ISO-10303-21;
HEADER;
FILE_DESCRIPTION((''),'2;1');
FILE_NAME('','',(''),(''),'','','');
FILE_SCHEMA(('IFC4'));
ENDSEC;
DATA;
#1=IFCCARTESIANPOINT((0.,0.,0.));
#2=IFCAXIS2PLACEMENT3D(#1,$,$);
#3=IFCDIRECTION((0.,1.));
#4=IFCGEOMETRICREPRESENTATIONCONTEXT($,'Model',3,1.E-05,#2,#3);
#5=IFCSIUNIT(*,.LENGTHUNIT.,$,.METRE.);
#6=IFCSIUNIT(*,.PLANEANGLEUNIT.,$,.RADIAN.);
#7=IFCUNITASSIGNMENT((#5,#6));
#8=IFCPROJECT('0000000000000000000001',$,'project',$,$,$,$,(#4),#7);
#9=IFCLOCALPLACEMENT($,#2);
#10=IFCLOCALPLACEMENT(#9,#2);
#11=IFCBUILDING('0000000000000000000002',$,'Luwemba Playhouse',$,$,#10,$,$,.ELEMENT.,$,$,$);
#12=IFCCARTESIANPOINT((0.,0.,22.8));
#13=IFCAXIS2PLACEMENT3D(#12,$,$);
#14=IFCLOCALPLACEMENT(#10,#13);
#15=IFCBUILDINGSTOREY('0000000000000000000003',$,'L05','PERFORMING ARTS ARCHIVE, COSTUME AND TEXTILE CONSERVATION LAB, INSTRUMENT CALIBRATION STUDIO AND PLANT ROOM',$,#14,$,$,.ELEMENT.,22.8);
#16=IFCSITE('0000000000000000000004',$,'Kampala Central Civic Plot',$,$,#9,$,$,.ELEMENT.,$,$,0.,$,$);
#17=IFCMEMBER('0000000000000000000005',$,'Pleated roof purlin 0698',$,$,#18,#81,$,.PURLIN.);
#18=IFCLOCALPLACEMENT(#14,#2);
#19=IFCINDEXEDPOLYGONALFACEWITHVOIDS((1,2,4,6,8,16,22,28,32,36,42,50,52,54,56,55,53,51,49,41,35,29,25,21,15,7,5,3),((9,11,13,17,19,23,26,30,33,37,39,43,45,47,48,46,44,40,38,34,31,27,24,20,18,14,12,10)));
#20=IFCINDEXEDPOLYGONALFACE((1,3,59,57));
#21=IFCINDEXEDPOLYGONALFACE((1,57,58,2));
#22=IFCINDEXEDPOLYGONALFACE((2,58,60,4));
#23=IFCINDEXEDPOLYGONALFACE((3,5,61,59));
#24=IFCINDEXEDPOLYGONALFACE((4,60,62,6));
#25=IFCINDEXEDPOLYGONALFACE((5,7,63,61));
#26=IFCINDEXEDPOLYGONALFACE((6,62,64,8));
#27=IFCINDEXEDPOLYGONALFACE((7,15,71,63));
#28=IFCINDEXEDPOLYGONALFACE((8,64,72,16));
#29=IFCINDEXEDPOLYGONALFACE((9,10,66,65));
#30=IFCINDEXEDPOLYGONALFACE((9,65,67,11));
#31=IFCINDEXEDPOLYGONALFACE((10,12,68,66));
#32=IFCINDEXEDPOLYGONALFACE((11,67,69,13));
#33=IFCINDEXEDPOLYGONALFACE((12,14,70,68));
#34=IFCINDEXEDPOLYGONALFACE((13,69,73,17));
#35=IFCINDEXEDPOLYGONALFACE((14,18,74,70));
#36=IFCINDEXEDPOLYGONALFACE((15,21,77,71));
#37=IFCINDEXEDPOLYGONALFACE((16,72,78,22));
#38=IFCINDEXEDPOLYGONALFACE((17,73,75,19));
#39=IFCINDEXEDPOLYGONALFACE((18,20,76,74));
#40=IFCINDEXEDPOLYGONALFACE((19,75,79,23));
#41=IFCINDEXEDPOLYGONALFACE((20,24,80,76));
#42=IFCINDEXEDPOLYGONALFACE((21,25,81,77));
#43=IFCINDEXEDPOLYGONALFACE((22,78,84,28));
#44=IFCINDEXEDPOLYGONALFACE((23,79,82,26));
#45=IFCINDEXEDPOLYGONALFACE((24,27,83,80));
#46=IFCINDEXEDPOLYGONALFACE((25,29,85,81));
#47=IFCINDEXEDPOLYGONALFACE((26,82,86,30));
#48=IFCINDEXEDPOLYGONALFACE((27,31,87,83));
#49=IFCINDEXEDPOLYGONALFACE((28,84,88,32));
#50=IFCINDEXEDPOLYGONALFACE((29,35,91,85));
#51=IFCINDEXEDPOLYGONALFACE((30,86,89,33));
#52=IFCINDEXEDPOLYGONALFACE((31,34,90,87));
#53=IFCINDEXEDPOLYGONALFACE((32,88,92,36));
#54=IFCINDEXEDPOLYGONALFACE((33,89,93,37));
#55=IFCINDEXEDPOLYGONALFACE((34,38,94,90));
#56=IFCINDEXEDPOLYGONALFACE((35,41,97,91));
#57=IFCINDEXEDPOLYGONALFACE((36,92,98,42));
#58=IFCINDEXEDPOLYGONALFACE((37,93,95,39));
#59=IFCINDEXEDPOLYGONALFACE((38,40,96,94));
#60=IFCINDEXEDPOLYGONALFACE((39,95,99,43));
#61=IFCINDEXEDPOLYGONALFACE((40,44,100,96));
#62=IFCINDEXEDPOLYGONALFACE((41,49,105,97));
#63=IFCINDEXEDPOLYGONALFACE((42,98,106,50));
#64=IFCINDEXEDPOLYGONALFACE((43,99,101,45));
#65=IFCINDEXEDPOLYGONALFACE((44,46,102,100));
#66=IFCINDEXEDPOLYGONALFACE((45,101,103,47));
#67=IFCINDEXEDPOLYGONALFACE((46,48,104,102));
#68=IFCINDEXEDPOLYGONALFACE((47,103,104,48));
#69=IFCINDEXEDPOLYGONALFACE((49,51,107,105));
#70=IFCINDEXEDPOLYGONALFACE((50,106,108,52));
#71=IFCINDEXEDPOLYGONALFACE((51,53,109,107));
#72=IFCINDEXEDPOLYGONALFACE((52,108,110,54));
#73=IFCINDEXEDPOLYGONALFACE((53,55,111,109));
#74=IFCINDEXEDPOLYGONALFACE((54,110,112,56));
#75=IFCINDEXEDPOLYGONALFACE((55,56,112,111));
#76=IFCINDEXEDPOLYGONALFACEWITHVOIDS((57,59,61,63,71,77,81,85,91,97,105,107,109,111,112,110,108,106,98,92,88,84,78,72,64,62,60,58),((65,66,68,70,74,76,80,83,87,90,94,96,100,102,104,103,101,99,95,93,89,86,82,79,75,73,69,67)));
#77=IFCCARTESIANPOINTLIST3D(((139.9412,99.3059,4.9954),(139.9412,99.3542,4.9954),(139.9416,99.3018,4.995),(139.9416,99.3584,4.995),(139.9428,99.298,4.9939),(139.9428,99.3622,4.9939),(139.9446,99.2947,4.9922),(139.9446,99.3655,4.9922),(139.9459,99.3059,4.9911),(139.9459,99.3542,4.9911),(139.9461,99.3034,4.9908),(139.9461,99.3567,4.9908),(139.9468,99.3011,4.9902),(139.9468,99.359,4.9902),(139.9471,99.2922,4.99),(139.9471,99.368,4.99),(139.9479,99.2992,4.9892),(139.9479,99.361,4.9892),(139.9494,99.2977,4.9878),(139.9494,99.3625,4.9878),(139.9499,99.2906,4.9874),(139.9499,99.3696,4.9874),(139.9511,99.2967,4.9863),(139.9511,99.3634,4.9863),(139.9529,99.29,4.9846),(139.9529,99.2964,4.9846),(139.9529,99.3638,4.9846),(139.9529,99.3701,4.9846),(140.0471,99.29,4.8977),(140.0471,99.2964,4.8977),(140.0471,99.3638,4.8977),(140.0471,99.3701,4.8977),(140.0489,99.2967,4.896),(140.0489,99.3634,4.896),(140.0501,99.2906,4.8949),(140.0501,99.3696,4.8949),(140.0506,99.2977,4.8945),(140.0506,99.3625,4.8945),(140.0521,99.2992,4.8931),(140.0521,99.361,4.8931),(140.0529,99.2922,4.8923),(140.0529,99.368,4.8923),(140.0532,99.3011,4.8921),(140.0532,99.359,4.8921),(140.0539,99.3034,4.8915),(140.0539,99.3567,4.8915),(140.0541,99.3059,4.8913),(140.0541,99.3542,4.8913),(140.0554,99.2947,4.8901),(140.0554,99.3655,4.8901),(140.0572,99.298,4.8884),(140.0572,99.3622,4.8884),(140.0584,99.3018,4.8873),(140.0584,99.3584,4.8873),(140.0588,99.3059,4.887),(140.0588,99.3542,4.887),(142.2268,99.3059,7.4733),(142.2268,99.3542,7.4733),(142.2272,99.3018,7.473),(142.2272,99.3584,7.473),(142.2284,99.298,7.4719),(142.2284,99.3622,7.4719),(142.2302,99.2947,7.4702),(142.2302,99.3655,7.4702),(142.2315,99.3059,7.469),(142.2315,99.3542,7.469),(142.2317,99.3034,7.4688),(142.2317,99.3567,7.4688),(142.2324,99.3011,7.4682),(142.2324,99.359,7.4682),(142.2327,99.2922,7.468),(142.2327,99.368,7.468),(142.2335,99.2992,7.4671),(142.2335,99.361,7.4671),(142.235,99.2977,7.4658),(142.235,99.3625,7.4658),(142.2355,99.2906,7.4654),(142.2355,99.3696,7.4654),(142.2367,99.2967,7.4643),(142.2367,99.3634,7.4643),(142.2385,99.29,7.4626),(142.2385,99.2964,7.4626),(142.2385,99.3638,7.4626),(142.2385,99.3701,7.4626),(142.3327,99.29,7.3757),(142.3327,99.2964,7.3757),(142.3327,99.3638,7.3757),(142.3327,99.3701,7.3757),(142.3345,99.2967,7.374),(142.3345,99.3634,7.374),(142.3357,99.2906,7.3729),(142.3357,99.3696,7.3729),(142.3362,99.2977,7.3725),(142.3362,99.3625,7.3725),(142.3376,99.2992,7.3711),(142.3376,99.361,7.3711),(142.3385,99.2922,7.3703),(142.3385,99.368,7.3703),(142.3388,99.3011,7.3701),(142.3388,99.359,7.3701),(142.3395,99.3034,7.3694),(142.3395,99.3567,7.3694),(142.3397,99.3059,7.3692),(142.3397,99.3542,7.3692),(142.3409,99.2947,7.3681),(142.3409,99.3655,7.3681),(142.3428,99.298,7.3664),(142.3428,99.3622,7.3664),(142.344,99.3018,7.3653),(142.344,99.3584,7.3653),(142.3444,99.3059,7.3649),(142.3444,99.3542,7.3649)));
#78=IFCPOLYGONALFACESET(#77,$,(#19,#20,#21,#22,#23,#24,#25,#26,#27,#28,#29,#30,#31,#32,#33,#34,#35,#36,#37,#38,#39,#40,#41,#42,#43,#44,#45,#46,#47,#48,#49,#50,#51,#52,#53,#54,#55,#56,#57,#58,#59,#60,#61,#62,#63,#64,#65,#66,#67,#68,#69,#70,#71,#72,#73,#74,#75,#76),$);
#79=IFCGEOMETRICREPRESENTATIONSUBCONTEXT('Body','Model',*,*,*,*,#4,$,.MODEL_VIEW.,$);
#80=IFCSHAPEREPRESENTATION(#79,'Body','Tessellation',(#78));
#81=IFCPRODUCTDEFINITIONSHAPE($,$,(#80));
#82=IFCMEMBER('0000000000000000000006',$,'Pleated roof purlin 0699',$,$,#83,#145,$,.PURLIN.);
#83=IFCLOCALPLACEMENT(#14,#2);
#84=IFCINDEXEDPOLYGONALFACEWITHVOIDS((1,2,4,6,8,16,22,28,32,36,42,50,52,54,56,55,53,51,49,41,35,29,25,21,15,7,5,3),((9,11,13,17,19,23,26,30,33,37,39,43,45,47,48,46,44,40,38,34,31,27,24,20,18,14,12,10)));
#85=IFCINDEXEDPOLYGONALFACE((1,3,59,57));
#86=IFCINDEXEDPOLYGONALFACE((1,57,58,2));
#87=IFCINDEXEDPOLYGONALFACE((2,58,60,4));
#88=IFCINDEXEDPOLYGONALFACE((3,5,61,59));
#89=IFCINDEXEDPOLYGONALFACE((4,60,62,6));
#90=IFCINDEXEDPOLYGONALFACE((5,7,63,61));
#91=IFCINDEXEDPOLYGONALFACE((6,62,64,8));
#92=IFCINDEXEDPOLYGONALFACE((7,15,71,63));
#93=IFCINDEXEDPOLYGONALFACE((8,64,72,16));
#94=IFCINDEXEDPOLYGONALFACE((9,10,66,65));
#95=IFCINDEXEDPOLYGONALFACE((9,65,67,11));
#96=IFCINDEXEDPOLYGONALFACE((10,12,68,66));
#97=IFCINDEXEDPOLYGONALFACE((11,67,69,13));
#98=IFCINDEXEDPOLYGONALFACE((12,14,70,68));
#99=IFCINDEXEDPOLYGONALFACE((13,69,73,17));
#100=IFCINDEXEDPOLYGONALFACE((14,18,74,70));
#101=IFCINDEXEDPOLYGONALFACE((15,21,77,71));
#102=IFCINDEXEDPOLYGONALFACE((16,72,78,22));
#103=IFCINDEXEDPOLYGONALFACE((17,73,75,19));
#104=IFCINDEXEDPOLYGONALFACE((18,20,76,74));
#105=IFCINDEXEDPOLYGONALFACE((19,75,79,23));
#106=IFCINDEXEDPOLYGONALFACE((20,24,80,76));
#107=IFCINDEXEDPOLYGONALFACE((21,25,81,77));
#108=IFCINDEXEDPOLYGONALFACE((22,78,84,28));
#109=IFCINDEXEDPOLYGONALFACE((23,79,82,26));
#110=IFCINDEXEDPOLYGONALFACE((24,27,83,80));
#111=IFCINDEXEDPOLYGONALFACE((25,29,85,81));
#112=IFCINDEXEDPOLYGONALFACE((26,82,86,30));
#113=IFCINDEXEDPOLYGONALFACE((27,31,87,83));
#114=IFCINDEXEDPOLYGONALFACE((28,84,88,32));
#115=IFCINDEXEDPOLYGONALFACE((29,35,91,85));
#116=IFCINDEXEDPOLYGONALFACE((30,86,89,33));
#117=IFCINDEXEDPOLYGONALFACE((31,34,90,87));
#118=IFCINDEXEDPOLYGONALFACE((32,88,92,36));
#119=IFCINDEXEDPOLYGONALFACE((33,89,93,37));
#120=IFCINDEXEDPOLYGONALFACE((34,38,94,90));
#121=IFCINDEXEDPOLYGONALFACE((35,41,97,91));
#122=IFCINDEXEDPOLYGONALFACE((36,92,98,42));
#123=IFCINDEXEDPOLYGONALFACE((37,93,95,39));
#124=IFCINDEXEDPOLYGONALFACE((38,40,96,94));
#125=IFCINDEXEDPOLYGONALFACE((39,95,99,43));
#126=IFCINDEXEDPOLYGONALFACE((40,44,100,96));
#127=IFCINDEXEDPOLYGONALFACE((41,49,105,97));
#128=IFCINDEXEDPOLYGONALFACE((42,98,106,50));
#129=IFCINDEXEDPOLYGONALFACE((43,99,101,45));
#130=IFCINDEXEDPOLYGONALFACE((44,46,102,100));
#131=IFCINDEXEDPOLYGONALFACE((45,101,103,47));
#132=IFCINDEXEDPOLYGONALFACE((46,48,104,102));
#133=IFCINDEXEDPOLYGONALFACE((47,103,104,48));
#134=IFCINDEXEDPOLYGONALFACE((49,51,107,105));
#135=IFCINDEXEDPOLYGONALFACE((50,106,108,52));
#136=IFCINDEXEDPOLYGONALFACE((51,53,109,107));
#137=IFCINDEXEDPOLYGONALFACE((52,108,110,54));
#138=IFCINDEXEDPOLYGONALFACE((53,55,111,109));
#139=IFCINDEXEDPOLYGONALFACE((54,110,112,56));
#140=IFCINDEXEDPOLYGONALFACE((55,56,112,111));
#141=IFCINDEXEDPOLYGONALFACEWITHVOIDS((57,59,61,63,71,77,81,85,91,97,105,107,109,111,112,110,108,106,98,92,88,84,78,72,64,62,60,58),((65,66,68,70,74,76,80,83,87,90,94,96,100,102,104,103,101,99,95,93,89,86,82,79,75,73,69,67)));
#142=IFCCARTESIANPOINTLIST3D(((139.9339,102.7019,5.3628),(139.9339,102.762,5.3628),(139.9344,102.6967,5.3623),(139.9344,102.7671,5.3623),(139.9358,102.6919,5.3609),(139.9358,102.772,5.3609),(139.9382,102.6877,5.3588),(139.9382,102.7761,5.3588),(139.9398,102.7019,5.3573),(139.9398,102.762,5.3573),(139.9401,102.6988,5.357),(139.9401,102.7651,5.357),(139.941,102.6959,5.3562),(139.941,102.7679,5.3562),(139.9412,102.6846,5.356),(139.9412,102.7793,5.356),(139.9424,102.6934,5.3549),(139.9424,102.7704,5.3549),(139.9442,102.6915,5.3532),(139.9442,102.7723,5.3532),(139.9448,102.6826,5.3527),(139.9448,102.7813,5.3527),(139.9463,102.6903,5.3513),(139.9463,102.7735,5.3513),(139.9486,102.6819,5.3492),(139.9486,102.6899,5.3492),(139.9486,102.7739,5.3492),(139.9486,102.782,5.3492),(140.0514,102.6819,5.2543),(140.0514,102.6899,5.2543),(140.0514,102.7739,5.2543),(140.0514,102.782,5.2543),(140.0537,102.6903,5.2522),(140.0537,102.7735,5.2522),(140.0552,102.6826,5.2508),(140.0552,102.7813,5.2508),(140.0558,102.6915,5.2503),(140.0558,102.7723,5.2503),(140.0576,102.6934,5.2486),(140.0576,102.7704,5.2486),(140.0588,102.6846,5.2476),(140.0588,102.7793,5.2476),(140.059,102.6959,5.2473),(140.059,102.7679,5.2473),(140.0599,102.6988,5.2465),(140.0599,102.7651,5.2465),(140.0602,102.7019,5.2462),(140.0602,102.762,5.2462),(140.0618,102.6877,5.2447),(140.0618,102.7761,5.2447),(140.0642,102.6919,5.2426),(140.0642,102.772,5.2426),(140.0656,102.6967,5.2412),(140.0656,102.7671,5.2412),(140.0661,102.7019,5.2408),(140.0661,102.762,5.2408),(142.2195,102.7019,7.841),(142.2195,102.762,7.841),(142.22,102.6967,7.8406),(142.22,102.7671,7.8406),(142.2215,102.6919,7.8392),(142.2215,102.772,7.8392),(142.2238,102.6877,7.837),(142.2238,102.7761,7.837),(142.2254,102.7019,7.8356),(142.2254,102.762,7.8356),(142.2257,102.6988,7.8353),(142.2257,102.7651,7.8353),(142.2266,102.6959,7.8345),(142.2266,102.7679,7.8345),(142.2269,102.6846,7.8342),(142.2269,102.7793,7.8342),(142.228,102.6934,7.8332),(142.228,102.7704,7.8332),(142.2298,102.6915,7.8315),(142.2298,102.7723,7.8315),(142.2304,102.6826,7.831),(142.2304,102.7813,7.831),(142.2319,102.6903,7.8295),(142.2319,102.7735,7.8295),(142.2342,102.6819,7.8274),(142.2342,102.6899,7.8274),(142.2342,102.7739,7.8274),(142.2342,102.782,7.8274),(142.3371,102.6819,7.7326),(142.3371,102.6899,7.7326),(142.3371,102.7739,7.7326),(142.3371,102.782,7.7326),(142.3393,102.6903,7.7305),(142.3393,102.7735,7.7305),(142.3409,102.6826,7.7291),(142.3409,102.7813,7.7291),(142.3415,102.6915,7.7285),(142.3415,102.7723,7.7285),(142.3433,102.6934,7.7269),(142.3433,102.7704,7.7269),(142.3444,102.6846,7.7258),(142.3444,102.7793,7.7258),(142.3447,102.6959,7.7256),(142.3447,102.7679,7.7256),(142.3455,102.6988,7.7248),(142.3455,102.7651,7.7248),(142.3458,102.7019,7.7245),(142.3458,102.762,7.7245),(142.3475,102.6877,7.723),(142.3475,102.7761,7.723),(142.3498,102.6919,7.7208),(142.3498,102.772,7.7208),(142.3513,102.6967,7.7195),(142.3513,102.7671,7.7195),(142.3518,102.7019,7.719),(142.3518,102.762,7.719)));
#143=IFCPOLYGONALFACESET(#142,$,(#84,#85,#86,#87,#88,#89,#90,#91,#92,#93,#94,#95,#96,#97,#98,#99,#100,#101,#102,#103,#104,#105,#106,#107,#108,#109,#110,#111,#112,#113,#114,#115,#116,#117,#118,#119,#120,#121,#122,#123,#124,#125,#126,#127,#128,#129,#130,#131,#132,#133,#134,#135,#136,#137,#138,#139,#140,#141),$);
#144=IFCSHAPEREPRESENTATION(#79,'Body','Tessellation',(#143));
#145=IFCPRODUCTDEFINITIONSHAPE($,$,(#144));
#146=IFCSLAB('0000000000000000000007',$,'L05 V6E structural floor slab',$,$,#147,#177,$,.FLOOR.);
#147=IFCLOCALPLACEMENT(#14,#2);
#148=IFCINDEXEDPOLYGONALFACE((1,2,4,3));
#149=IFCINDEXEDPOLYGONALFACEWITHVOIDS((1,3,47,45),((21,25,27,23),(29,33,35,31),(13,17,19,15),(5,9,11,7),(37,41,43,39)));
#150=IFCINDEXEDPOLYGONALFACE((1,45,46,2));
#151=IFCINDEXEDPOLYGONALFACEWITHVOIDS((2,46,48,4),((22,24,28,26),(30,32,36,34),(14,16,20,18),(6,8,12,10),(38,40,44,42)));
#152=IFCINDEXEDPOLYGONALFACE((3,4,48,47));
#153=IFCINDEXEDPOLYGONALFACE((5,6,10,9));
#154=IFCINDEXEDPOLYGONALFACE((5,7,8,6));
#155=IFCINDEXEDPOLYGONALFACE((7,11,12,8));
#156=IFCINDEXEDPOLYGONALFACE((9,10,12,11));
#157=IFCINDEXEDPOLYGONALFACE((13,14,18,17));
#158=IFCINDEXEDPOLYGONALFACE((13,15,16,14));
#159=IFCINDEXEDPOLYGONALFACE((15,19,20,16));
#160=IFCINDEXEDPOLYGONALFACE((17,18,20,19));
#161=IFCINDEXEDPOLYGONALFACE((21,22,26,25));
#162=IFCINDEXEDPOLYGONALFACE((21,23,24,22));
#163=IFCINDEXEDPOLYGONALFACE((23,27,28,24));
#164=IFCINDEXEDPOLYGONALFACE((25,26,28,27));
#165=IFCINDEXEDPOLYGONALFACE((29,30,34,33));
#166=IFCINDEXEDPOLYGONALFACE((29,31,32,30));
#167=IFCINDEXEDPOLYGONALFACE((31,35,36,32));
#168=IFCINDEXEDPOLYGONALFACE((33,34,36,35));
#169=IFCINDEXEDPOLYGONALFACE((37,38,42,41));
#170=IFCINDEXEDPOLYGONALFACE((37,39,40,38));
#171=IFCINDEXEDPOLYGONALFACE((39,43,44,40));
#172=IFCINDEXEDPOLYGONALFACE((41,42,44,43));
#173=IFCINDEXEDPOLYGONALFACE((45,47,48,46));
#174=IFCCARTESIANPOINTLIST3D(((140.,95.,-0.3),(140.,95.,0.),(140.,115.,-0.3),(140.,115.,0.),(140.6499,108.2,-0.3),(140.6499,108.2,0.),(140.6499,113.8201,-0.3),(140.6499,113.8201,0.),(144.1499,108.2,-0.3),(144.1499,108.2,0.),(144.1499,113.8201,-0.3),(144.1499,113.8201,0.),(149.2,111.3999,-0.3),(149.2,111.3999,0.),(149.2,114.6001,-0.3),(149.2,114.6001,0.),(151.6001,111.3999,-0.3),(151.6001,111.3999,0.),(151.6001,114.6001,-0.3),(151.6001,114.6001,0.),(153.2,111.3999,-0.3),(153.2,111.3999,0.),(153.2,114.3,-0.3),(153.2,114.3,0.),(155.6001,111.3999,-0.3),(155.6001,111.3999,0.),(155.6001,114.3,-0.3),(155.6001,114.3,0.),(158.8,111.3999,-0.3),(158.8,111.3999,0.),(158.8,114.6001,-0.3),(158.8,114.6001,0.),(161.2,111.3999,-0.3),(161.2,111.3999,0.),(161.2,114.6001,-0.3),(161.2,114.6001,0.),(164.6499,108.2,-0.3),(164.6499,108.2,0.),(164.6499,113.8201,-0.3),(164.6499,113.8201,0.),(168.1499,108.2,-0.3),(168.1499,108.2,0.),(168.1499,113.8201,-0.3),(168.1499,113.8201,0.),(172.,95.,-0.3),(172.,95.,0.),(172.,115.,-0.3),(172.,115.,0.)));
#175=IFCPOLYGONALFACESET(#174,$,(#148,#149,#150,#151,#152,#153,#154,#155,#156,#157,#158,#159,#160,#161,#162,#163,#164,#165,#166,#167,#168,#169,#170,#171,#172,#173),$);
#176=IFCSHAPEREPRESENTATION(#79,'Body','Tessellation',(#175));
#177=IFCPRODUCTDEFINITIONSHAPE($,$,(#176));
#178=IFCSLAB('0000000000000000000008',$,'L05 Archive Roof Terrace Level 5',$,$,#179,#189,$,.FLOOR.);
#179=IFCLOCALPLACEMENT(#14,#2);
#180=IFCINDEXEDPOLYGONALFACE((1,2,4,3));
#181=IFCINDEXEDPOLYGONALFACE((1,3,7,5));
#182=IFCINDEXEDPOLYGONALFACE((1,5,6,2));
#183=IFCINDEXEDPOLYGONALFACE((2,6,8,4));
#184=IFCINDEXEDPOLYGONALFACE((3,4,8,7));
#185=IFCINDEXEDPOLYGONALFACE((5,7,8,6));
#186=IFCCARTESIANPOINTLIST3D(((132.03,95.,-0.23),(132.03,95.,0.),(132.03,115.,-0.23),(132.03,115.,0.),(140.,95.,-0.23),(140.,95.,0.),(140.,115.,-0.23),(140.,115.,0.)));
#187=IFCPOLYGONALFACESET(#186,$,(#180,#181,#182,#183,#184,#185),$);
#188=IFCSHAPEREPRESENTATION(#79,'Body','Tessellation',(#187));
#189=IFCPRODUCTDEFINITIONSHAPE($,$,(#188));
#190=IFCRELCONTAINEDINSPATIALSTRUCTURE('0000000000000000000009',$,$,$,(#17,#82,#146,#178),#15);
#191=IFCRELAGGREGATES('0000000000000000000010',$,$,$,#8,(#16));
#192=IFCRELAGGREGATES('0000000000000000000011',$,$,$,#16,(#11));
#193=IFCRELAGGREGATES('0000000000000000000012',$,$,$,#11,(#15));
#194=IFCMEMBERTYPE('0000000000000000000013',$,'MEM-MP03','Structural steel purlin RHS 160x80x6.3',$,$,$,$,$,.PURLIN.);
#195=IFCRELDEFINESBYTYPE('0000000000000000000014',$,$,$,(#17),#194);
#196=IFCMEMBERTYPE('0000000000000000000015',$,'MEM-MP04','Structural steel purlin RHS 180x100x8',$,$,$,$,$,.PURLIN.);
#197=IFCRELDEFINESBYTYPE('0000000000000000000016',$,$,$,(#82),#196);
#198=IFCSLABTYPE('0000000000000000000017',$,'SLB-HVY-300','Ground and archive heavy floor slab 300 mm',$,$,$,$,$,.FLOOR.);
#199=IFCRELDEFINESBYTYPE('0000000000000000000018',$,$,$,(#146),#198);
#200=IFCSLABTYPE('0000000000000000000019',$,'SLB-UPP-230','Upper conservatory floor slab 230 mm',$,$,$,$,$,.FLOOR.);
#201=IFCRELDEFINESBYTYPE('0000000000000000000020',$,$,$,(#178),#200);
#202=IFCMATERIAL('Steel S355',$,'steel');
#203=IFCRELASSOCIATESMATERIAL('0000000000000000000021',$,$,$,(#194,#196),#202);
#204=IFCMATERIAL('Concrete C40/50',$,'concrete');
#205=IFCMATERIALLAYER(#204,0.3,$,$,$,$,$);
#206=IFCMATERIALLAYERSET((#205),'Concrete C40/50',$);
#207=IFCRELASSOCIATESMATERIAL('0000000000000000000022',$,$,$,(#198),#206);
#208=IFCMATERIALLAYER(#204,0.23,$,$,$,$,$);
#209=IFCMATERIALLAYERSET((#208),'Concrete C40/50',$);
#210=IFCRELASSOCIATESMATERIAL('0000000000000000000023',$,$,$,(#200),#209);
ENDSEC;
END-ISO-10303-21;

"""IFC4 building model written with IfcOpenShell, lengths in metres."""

from ifc_helpers import new_model, si_unit, direction, frame, origin, origin_2d, place, context, subcontext, project, spatial, polyline, hollow_rectangle, outline, extrude, material, layer, layer_set, material_profile, profile_set, type_object, element, save


model = new_model("IFC4")

# Units and contexts
model_context = context("Model", 3, precision=1e-05, world=origin(), true_north=direction((0.0, 1.0)))
body_context = subcontext(model_context, "Body", "Model", "MODEL_VIEW")
ifc_project = project(units=[si_unit("LENGTHUNIT", "METRE"), si_unit("PLANEANGLEUNIT", "RADIAN")], contexts=[model_context])

# Site, building, storey
site_placement = place(None, origin())
site = spatial("IfcSite", under=ifc_project, at=site_placement, Name="Kampala Central Civic Plot", CompositionType="ELEMENT", RefElevation=0.0)
building_placement = place(site_placement, origin())
building = spatial("IfcBuilding", under=site, at=building_placement, Name="Luwemba Playhouse", CompositionType="ELEMENT")
storey_placement = place(building_placement, frame((0.0, 0.0, 22.8)))
storey = spatial("IfcBuildingStorey", under=building, at=storey_placement, Name="L05", Description="PERFORMING ARTS ARCHIVE, COSTUME AND TEXTILE CONSERVATION LAB, INSTRUMENT CALIBRATION STUDIO AND PLANT ROOM", CompositionType="ELEMENT", Elevation=22.8)

# Shared definitions
ifc_material_1 = material(Name="Concrete C40/50", Category="concrete")
ifc_material_2 = material(Name="Steel S355", Category="steel")

# Members
ifc_material_profile_1 = material_profile(ifc_material_2, hollow_rectangle(XDim=0.0801, YDim=0.1599, WallThickness=0.0063, InnerFilletRadius=0.0095, OuterFilletRadius=0.0159, at=origin_2d()))
ifc_profile_set_1 = profile_set([ifc_material_profile_1], Name="Steel S355")
member_type_1 = type_object("IfcMemberType", Name="MEM-MP03", Description="Structural steel purlin RHS 160x80x6.3", PredefinedType="PURLIN", material=ifc_profile_set_1)
member_1_placement = place(storey_placement, frame((140.0, 99.3301, 4.9412), z_axis=(0.677997, 0.0, 0.735064), x_axis=(0.0, 1.0, 0.0)))
element("IfcMember", 1, at=member_1_placement, inside=storey, type_object=member_type_1, Name="Pleated roof purlin 0698", PredefinedType="PURLIN", context=body_context, shape_type="SweptSolid", body=[
    extrude(hollow_rectangle(XDim=0.0801, YDim=0.1599, WallThickness=0.0063, InnerFilletRadius=0.0095, OuterFilletRadius=0.0159, at=origin_2d()), origin(), (0.0, 0.0, 1.0), 3.3711),
])
ifc_material_profile_2 = material_profile(ifc_material_2, hollow_rectangle(XDim=0.1001, YDim=0.1799, WallThickness=0.0081, InnerFilletRadius=0.012, OuterFilletRadius=0.02, at=origin_2d()))
ifc_profile_set_2 = profile_set([ifc_material_profile_2], Name="Steel S355")
member_type_2 = type_object("IfcMemberType", Name="MEM-MP04", Description="Structural steel purlin RHS 180x100x8", PredefinedType="PURLIN", material=ifc_profile_set_2)
member_2_placement = place(storey_placement, frame((140.0, 102.7319, 5.3018), z_axis=(0.677961, 0.0, 0.735098), x_axis=(0.0, 1.0, 0.0)))
element("IfcMember", 2, at=member_2_placement, inside=storey, type_object=member_type_2, Name="Pleated roof purlin 0699", PredefinedType="PURLIN", context=body_context, shape_type="SweptSolid", body=[
    extrude(hollow_rectangle(XDim=0.1001, YDim=0.1799, WallThickness=0.0081, InnerFilletRadius=0.012, OuterFilletRadius=0.02, at=origin_2d()), origin(), (0.0, 0.0, 1.0), 3.3713),
])

# Slabs
ifc_layer_1 = layer(ifc_material_1, 0.3)
ifc_layer_set_1 = layer_set([ifc_layer_1], Name="Concrete C40/50")
slab_type_1 = type_object("IfcSlabType", Name="SLB-HVY-300", Description="Ground and archive heavy floor slab 300 mm", PredefinedType="FLOOR", material=ifc_layer_set_1)
slab_1_placement = place(storey_placement, frame((0.0, 0.0, -0.3)))
element("IfcSlab", 3, at=slab_1_placement, inside=storey, type_object=slab_type_1, Name="L05 V6E structural floor slab", PredefinedType="FLOOR", context=body_context, shape_type="SweptSolid", body=[
    extrude(outline(polyline([(172.0, 115.0), (172.0, 95.0), (140.0, 95.0), (140.0, 115.0), (172.0, 115.0)]), holes=[polyline([(144.1499, 108.2), (144.1499, 113.8201), (140.6499, 113.8201), (140.6499, 108.2), (144.1499, 108.2)]), polyline([(168.1499, 108.2), (168.1499, 113.8201), (164.6499, 113.8201), (164.6499, 108.2), (168.1499, 108.2)]), polyline([(153.2, 111.3999), (155.6001, 111.3999), (155.6001, 114.3), (153.2, 114.3), (153.2, 111.3999)]), polyline([(149.2, 114.6001), (149.2, 111.3999), (151.6001, 111.3999), (151.6001, 114.6001), (149.2, 114.6001)]), polyline([(158.8, 114.6001), (158.8, 111.3999), (161.2, 111.3999), (161.2, 114.6001), (158.8, 114.6001)])]), origin(), (0.0, 0.0, 1.0), 0.3),
])
ifc_layer_2 = layer(ifc_material_1, 0.23)
ifc_layer_set_2 = layer_set([ifc_layer_2], Name="Concrete C40/50")
slab_type_2 = type_object("IfcSlabType", Name="SLB-UPP-230", Description="Upper conservatory floor slab 230 mm", PredefinedType="FLOOR", material=ifc_layer_set_2)
slab_2_placement = place(storey_placement, frame((0.0, 0.0, -0.23)))
element("IfcSlab", 4, at=slab_2_placement, inside=storey, type_object=slab_type_2, Name="L05 Archive Roof Terrace Level 5", PredefinedType="FLOOR", context=body_context, shape_type="SweptSolid", body=[
    extrude(outline(polyline([(132.03, 95.0), (140.0, 95.0), (140.0, 115.0), (132.03, 115.0), (132.03, 95.0)])), origin(), (0.0, 0.0, 1.0), 0.23),
])

save(model, "model.ifc")
